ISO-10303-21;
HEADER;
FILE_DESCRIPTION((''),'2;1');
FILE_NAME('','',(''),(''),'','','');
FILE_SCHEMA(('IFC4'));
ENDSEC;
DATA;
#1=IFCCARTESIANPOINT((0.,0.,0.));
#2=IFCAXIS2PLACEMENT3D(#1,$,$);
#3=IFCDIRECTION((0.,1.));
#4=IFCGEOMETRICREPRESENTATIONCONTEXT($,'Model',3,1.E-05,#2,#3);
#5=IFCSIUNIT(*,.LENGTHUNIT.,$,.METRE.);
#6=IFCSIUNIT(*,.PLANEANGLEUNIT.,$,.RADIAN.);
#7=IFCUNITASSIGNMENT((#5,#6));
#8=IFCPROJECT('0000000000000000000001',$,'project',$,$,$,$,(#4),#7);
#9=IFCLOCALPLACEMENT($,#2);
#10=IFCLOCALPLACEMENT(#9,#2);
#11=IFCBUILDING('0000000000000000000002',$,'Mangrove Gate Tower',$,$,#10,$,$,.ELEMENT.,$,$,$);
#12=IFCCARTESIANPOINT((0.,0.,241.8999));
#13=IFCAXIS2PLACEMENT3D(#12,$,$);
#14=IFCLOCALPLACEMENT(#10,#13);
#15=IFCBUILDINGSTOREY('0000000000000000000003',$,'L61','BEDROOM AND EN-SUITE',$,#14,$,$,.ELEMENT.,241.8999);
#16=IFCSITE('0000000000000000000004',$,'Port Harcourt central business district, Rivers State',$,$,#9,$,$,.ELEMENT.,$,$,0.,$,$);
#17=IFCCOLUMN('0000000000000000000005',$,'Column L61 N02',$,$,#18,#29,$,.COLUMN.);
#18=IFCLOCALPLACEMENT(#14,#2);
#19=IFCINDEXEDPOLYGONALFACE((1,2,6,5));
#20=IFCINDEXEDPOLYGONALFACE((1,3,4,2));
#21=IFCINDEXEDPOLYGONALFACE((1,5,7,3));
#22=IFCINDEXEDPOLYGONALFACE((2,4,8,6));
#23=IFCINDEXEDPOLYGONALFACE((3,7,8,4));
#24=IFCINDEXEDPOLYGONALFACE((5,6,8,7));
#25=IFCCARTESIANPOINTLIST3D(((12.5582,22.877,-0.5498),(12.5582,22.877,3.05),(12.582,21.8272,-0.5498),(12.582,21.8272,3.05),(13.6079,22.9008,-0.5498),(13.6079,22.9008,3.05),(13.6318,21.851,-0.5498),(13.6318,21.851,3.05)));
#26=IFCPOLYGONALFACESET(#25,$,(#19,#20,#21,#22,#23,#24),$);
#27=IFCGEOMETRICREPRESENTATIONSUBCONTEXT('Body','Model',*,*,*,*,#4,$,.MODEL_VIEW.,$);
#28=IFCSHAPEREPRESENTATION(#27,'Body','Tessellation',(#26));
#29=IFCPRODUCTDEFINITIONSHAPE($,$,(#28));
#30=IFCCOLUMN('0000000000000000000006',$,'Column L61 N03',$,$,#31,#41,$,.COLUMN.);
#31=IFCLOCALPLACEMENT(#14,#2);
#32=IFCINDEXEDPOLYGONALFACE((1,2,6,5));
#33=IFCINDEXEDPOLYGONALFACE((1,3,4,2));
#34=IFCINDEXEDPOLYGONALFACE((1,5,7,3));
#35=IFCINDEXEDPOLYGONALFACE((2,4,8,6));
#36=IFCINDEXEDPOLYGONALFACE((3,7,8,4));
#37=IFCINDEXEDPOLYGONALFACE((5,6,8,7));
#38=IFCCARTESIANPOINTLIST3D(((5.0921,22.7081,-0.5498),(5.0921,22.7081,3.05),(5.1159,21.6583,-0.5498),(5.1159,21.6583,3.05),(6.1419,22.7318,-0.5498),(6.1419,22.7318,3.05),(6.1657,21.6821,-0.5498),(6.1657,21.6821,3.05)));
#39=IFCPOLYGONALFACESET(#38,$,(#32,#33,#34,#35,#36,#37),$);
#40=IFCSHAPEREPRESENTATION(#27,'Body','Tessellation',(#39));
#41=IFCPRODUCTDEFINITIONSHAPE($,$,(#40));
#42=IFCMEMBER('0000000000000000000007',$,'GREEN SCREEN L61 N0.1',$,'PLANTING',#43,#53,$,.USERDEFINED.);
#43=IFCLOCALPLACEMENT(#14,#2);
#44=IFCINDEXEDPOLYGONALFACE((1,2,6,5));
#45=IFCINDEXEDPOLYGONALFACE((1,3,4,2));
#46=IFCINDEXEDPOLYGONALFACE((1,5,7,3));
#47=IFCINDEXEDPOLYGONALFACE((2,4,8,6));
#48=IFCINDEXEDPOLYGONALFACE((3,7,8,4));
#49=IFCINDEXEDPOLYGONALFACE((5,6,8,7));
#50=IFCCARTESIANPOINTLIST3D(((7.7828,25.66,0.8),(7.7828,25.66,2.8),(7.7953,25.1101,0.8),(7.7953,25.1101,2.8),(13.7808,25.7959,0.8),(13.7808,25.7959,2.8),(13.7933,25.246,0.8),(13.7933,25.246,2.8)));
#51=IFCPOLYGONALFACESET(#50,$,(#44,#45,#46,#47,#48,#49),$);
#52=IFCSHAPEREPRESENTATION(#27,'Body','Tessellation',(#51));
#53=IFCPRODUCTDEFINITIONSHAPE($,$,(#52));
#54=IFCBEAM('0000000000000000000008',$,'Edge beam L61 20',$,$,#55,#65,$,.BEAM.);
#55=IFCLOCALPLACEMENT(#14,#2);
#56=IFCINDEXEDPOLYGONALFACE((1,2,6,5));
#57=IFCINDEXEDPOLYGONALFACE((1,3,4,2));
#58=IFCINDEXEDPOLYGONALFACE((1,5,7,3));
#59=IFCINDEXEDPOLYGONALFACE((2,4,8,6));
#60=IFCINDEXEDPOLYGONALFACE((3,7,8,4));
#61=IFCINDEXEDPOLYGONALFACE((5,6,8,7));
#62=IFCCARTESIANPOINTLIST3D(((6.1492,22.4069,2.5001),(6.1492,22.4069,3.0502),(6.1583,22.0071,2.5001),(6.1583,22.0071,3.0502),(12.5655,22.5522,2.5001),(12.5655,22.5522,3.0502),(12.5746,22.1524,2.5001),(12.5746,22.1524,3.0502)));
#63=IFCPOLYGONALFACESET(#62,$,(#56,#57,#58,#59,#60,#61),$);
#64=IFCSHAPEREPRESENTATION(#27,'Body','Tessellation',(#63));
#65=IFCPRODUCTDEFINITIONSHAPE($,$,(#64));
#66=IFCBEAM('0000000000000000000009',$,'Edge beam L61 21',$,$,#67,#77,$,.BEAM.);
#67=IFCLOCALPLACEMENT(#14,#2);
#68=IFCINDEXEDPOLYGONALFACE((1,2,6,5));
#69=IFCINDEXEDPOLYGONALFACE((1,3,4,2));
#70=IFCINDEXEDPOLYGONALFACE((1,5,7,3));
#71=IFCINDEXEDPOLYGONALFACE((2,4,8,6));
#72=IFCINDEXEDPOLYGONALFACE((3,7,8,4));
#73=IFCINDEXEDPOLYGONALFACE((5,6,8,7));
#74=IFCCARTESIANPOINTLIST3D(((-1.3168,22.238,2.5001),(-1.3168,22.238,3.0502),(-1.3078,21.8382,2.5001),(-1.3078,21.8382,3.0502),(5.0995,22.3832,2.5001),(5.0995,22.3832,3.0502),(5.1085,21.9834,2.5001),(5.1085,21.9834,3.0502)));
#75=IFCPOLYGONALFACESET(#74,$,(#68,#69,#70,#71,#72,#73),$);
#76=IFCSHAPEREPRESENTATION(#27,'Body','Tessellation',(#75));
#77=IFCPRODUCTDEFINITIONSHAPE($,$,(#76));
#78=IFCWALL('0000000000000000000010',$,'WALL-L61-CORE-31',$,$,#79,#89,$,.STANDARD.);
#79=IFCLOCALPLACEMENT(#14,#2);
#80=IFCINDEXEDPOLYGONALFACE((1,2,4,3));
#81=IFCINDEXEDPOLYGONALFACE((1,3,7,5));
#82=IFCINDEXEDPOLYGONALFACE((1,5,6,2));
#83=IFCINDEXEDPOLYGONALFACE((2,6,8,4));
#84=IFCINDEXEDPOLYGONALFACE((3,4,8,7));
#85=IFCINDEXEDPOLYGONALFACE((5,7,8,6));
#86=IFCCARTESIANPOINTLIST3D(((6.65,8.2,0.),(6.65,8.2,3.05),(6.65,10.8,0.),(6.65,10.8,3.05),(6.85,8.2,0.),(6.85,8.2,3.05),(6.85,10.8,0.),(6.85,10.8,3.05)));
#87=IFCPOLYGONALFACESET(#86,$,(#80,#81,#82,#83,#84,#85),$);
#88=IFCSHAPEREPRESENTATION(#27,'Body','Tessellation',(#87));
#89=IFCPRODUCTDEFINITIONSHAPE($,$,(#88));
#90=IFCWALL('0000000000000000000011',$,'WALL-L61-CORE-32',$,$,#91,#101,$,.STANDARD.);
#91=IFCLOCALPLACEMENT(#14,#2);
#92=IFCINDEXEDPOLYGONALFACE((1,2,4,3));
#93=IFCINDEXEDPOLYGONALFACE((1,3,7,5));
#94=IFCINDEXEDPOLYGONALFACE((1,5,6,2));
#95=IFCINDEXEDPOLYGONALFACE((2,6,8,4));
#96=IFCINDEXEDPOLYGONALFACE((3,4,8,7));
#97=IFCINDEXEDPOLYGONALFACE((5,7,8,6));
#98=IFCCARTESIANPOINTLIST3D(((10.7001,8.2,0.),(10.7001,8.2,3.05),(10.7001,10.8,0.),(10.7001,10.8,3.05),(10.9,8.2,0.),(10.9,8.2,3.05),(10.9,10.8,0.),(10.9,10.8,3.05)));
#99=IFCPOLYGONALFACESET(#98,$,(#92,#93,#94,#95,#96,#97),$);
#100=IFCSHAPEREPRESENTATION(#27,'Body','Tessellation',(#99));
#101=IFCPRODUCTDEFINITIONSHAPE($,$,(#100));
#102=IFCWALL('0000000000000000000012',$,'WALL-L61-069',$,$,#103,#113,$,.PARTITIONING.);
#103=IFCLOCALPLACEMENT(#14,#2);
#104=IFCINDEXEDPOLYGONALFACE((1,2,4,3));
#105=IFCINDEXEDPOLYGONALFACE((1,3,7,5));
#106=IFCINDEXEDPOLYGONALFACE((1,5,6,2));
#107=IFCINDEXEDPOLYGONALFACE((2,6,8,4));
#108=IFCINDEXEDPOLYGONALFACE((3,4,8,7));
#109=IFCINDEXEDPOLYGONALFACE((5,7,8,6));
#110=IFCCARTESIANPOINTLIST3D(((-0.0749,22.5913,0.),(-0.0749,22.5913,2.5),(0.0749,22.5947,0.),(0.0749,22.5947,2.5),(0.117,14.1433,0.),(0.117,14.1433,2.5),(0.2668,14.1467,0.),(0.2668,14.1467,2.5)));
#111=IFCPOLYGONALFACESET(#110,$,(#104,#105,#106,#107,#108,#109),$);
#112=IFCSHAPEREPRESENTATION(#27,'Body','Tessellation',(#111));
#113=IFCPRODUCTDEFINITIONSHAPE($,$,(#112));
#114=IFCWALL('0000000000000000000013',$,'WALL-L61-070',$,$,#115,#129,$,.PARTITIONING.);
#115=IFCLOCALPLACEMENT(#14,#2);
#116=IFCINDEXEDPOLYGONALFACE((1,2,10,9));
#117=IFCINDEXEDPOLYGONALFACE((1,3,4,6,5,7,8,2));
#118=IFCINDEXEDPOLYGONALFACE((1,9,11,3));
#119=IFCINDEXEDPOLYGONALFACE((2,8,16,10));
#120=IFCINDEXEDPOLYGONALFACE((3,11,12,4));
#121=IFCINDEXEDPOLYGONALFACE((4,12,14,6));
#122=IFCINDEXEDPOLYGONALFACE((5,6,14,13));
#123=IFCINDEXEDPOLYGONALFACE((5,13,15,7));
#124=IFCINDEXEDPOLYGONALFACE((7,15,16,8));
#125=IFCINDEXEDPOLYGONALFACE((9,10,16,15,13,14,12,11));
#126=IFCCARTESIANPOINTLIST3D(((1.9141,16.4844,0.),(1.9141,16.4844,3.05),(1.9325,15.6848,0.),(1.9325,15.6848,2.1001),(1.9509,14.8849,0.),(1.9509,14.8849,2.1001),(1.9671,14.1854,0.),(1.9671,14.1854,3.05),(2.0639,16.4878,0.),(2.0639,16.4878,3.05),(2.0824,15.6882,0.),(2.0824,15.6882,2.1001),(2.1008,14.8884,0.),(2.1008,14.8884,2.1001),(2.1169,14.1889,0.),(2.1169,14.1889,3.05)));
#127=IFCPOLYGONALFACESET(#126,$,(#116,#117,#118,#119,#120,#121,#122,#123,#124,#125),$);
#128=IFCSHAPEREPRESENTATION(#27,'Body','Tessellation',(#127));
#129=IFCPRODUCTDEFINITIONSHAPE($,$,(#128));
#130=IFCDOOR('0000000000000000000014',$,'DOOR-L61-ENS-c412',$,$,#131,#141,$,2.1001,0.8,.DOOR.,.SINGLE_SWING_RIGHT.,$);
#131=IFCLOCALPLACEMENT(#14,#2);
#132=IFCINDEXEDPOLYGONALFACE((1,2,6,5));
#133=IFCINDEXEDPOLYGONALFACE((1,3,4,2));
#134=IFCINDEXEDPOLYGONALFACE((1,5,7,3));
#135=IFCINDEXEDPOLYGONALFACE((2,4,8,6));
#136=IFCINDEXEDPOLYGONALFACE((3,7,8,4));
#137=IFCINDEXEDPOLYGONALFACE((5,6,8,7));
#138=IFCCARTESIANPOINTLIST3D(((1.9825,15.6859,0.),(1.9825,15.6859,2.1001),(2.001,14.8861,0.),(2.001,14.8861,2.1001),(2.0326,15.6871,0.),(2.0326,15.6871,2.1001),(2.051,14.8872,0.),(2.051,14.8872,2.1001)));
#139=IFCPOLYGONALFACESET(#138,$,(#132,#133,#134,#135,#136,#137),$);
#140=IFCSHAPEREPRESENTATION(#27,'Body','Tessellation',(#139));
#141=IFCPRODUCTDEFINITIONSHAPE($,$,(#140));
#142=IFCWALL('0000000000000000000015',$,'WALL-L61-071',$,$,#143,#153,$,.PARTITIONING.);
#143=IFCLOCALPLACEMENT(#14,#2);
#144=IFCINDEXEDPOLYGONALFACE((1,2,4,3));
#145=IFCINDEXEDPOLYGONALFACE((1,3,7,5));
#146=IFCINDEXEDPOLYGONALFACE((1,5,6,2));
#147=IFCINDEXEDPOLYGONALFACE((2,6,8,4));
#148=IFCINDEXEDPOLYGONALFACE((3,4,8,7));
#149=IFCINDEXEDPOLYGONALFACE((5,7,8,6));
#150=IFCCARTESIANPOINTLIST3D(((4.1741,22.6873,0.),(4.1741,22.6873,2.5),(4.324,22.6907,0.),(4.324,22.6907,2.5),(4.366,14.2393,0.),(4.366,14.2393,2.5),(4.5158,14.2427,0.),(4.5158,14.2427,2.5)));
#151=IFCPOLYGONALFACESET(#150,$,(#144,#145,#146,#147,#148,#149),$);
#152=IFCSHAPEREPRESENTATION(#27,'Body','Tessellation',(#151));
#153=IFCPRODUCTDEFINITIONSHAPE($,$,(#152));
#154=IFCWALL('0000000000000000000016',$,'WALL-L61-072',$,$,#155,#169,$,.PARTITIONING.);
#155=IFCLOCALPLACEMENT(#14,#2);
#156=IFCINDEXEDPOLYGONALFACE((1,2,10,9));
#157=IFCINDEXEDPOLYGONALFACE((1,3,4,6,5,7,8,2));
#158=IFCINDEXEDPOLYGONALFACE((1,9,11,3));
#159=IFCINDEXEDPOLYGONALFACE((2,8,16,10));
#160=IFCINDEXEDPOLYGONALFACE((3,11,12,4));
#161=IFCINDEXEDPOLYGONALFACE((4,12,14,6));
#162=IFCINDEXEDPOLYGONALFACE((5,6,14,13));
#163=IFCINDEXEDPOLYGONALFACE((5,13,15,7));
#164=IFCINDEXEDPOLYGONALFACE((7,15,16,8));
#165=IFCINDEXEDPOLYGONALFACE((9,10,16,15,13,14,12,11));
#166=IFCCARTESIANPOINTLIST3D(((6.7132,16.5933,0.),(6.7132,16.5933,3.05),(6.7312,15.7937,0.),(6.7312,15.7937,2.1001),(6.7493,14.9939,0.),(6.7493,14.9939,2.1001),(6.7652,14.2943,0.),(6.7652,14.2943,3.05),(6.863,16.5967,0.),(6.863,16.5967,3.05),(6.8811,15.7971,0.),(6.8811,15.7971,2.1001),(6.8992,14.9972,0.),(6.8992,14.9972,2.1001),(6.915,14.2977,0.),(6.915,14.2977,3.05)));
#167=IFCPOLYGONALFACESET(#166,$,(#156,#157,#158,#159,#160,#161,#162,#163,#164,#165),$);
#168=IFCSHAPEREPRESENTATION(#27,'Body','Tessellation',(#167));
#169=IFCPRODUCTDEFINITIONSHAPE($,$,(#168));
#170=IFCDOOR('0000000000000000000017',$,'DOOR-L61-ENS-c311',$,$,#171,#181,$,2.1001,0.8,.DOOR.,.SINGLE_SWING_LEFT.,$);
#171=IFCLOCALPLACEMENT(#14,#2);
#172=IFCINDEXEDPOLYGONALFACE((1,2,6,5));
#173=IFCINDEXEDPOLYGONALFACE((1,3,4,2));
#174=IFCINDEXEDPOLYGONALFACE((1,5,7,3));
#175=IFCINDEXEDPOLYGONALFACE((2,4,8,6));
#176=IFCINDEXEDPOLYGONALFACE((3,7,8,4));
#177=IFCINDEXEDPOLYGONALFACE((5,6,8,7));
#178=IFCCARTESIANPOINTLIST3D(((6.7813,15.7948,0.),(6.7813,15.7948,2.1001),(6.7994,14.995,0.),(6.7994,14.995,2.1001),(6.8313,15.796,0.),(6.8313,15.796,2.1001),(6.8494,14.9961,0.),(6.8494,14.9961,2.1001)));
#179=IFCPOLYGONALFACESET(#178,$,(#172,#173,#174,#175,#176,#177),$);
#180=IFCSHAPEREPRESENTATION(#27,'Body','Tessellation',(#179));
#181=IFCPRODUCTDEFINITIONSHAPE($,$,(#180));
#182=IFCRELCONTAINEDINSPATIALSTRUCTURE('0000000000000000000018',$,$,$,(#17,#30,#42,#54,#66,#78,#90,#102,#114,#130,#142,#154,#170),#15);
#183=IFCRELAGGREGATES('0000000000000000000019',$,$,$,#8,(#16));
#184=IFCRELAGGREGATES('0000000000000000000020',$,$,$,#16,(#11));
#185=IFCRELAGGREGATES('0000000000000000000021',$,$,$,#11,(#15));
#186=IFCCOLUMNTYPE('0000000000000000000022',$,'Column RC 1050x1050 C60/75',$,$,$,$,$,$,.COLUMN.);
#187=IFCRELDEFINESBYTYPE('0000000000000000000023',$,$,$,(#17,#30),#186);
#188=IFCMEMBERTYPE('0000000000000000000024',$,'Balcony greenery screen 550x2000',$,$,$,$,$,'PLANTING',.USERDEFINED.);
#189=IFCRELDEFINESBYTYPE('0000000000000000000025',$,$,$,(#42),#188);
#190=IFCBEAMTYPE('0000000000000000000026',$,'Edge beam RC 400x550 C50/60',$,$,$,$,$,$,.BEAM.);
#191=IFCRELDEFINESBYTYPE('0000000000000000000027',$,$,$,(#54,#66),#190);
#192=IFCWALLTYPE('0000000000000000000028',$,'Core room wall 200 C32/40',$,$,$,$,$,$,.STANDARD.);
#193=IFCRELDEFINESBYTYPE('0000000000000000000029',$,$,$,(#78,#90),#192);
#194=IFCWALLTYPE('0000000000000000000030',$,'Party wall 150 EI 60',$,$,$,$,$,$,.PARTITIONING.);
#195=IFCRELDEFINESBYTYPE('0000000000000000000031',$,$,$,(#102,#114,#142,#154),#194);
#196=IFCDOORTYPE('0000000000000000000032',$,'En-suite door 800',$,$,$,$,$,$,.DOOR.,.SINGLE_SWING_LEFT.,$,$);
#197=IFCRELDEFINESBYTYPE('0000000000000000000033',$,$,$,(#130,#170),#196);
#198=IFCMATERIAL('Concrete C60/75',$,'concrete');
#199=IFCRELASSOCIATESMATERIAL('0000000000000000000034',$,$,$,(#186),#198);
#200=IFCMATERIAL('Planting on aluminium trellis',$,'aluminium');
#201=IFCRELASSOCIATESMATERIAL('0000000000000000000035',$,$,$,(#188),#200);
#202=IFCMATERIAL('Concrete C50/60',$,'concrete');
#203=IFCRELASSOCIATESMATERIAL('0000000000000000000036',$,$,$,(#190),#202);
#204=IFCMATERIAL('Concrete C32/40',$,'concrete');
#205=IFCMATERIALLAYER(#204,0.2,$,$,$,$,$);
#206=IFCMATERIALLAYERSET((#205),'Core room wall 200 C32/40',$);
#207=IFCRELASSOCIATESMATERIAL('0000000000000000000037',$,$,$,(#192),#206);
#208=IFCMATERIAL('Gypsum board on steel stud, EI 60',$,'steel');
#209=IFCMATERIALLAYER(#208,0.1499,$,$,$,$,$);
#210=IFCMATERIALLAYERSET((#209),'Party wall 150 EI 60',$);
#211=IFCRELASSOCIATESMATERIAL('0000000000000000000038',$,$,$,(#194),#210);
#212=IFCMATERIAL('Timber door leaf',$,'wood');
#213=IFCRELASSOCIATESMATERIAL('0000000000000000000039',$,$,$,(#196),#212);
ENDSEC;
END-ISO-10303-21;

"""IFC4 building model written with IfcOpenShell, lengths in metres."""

from ifc_helpers import new_model, si_unit, direction, frame, frame_2d, origin, origin_2d, place, context, subcontext, project, spatial, rectangle, extrude, material, layer, layer_set, material_profile, profile_set, type_object, element, fill, save


model = new_model("IFC4")

# Units and contexts
model_context = context("Model", 3, precision=1e-05, world=origin(), true_north=direction((0.0, 1.0)))
body_context = subcontext(model_context, "Body", "Model", "MODEL_VIEW")
ifc_project = project(units=[si_unit("LENGTHUNIT", "METRE"), si_unit("PLANEANGLEUNIT", "RADIAN")], contexts=[model_context])

# Site, building, storey
site_placement = place(None, origin())
site = spatial("IfcSite", under=ifc_project, at=site_placement, Name="Port Harcourt central business district, Rivers State", CompositionType="ELEMENT", RefElevation=0.0)
building_placement = place(site_placement, origin())
building = spatial("IfcBuilding", under=site, at=building_placement, Name="Mangrove Gate Tower", CompositionType="ELEMENT")
storey_placement = place(building_placement, frame((0.0, 0.0, 241.8999)))
storey = spatial("IfcBuildingStorey", under=building, at=storey_placement, Name="L61", Description="BEDROOM AND EN-SUITE", CompositionType="ELEMENT", Elevation=241.8999)

# Columns
ifc_material_1 = material(Name="Concrete C60/75", Category="concrete")
ifc_material_profile_1 = material_profile(ifc_material_1, rectangle(XDim=1.05, YDim=1.05, at=origin_2d()))
ifc_profile_set_1 = profile_set([ifc_material_profile_1], Name="Concrete C60/75")
column_type = type_object("IfcColumnType", Name="Column RC 1050x1050 C60/75", PredefinedType="COLUMN", material=ifc_profile_set_1)
for number, where, z_axis, x_axis, name in (
    (1, (13.095, 22.364, -0.5498), (0.0, 0.0, 1.0), (-0.999742, -0.022697, 0.0), "Column L61 N02"),
    (2, (5.6289, 22.1951, -0.5498), (0.0, 0.0, 1.0), (-0.999744, -0.02263, 0.0), "Column L61 N03"),
):
    element("IfcColumn", number, at=place(storey_placement, frame(where, z_axis=z_axis, x_axis=x_axis)), inside=storey, type_object=column_type, Name=name, PredefinedType="COLUMN", context=body_context, shape_type="SweptSolid", body=[
        extrude(rectangle(XDim=1.05, YDim=1.05, at=origin_2d()), origin(), (0.0, 0.0, 1.0), 3.5999),
    ])

# Member
ifc_material_2 = material(Name="Planting on aluminium trellis", Category="aluminium")
ifc_material_profile_2 = material_profile(ifc_material_2, rectangle(XDim=0.55, YDim=2.0, at=origin_2d()))
ifc_profile_set_2 = profile_set([ifc_material_profile_2], Name="Planting on aluminium trellis")
member_type = type_object("IfcMemberType", Name="Balcony greenery screen 550x2000", ElementType="PLANTING", PredefinedType="USERDEFINED", material=ifc_profile_set_2)
member_placement = place(storey_placement, frame((7.7891, 25.385, 1.8), z_axis=(0.999743, 0.022666, 0.0), x_axis=(-0.022666, 0.999743, 0.0)))
element("IfcMember", 3, at=member_placement, inside=storey, type_object=member_type, Name="GREEN SCREEN L61 N0.1", ObjectType="PLANTING", PredefinedType="USERDEFINED", context=body_context, shape_type="SweptSolid", body=[
    extrude(rectangle(XDim=0.55, YDim=2.0, at=origin_2d()), origin(), (0.0, 0.0, 1.0), 5.9995),
])

# Beams
ifc_material_3 = material(Name="Concrete C50/60", Category="concrete")
ifc_material_profile_3 = material_profile(ifc_material_3, rectangle(XDim=0.3999, YDim=0.55, at=origin_2d()))
ifc_profile_set_3 = profile_set([ifc_material_profile_3], Name="Concrete C50/60")
beam_type = type_object("IfcBeamType", Name="Edge beam RC 400x550 C50/60", PredefinedType="BEAM", material=ifc_profile_set_3)
for number, where, z_axis, x_axis, name in (
    (4, (12.5701, 22.3523, 2.7751), (-0.999744, -0.022634, 0.0), (0.022634, -0.999744, 0.0), "Edge beam L61 20"),
    (5, (5.104, 22.1833, 2.7751), (-0.999744, -0.022634, 0.0), (0.022634, -0.999744, 0.0), "Edge beam L61 21"),
):
    element("IfcBeam", number, at=place(storey_placement, frame(where, z_axis=z_axis, x_axis=x_axis)), inside=storey, type_object=beam_type, Name=name, PredefinedType="BEAM", context=body_context, shape_type="SweptSolid", body=[
        extrude(rectangle(XDim=0.3999, YDim=0.55, at=origin_2d()), origin(), (0.0, 0.0, 1.0), 6.418),
    ])

# Walls
ifc_material_4 = material(Name="Concrete C32/40", Category="concrete")
ifc_layer_1 = layer(ifc_material_4, 0.2)
ifc_layer_set_1 = layer_set([ifc_layer_1], Name="Core room wall 200 C32/40")
wall_type_1 = type_object("IfcWallType", Name="Core room wall 200 C32/40", PredefinedType="STANDARD", material=ifc_layer_set_1)
for number, where, z_axis, x_axis, name in (
    (6, (6.75, 8.2, 0.0), (0.0, 0.0, 1.0), (0.0, 1.0, 0.0), "WALL-L61-CORE-31"),
    (7, (10.8, 8.2, 0.0), (0.0, 0.0, 1.0), (0.0, 1.0, 0.0), "WALL-L61-CORE-32"),
):
    element("IfcWall", number, at=place(storey_placement, frame(where, z_axis=z_axis, x_axis=x_axis)), inside=storey, type_object=wall_type_1, Name=name, PredefinedType="STANDARD", context=body_context, shape_type="SweptSolid", body=[
        extrude(rectangle(XDim=2.6001, YDim=0.2, at=frame_2d((1.3, 0.0))), origin(), (0.0, 0.0, 1.0), 3.05),
    ])
ifc_material_5 = material(Name="Gypsum board on steel stud, EI 60", Category="steel")
ifc_layer_2 = layer(ifc_material_5, 0.1499)
ifc_layer_set_2 = layer_set([ifc_layer_2], Name="Party wall 150 EI 60")
wall_type_2 = type_object("IfcWallType", Name="Party wall 150 EI 60", PredefinedType="PARTITIONING", material=ifc_layer_set_2)
wall_1_placement = place(storey_placement, frame((0.1919, 14.145, 0.0), z_axis=(0.0, 0.0, 1.0), x_axis=(-0.022709, 0.999742, 0.0)))
element("IfcWall", 8, at=wall_1_placement, inside=storey, type_object=wall_type_2, Name="WALL-L61-069", PredefinedType="PARTITIONING", context=body_context, shape_type="SweptSolid", body=[
    extrude(rectangle(XDim=8.4502, YDim=0.1499, at=frame_2d((4.2251, 0.0))), origin(), (0.0, 0.0, 1.0), 2.5),
])

# Wall, opening, door
wall_2_placement = place(storey_placement, frame((2.042, 14.187, 0.0), z_axis=(0.0, 0.0, 1.0), x_axis=(-0.023037, 0.999735, 0.0)))
wall_2 = element("IfcWall", 9, at=wall_2_placement, inside=storey, type_object=wall_type_2, Name="WALL-L61-070", PredefinedType="PARTITIONING", context=body_context, shape_type="SweptSolid", body=[
    extrude(rectangle(XDim=2.2996, YDim=0.1499, at=frame_2d((1.1499, 0.0))), origin(), (0.0, 0.0, 1.0), 3.05),
])
opening_1_placement = place(wall_2_placement, frame((0.7, 0.0, 0.0)))
opening_1 = element("IfcOpeningElement", 10, at=opening_1_placement, cuts=wall_2, PredefinedType="OPENING", context=body_context, shape_type="SweptSolid", body=[
    extrude(rectangle(XDim=0.8, YDim=2.1001, at=frame_2d((0.3999, 1.05))), frame((0.0, 0.085, 0.0), z_axis=(0.0, -1.0, 0.0), x_axis=(1.0, 0.0, 0.0)), (0.0, 0.0, 1.0), 0.1699),
])
ifc_material_6 = material(Name="Timber door leaf", Category="wood")
door_type = type_object("IfcDoorType", Name="En-suite door 800", OperationType="SINGLE_SWING_LEFT", PredefinedType="DOOR", material=ifc_material_6)
door_1_placement = place(opening_1_placement, origin())
door_1 = element("IfcDoor", 11, at=door_1_placement, inside=storey, type_object=door_type, Name="DOOR-L61-ENS-c412", OperationType="SINGLE_SWING_RIGHT", OverallHeight=2.1001, OverallWidth=0.8, PredefinedType="DOOR", context=body_context, shape_type="SweptSolid", body=[
    extrude(rectangle(XDim=0.8, YDim=2.1001, at=frame_2d((0.3999, 1.05))), frame((0.0, 0.0249, 0.0), z_axis=(0.0, -1.0, 0.0), x_axis=(1.0, 0.0, 0.0)), (0.0, 0.0, 1.0), 0.05),
])
fill(opening_1, door_1)

# Wall
wall_3_placement = place(storey_placement, frame((4.4409, 14.241, 0.0), z_axis=(0.0, 0.0, 1.0), x_axis=(-0.022709, 0.999742, 0.0)))
element("IfcWall", 12, at=wall_3_placement, inside=storey, type_object=wall_type_2, Name="WALL-L61-071", PredefinedType="PARTITIONING", context=body_context, shape_type="SweptSolid", body=[
    extrude(rectangle(XDim=8.4502, YDim=0.1499, at=frame_2d((4.2251, 0.0))), origin(), (0.0, 0.0, 1.0), 2.5),
])

# Wall, opening, door
wall_4_placement = place(storey_placement, frame((6.8401, 14.2959, 0.0), z_axis=(0.0, 0.0, 1.0), x_axis=(-0.022613, 0.999744, 0.0)))
wall_4 = element("IfcWall", 13, at=wall_4_placement, inside=storey, type_object=wall_type_2, Name="WALL-L61-072", PredefinedType="PARTITIONING", context=body_context, shape_type="SweptSolid", body=[
    extrude(rectangle(XDim=2.2996, YDim=0.1499, at=frame_2d((1.1499, 0.0))), origin(), (0.0, 0.0, 1.0), 3.05),
])
opening_2_placement = place(wall_4_placement, frame((0.7, 0.0, 0.0)))
opening_2 = element("IfcOpeningElement", 14, at=opening_2_placement, cuts=wall_4, PredefinedType="OPENING", context=body_context, shape_type="SweptSolid", body=[
    extrude(rectangle(XDim=0.8, YDim=2.1001, at=frame_2d((0.3999, 1.05))), frame((0.0, 0.085, 0.0), z_axis=(0.0, -1.0, 0.0), x_axis=(1.0, 0.0, 0.0)), (0.0, 0.0, 1.0), 0.1699),
])
door_2_placement = place(opening_2_placement, origin())
door_2 = element("IfcDoor", 15, at=door_2_placement, inside=storey, type_object=door_type, Name="DOOR-L61-ENS-c311", OperationType="SINGLE_SWING_LEFT", OverallHeight=2.1001, OverallWidth=0.8, PredefinedType="DOOR", context=body_context, shape_type="SweptSolid", body=[
    extrude(rectangle(XDim=0.8, YDim=2.1001, at=frame_2d((0.3999, 1.05))), frame((0.0, 0.0249, 0.0), z_axis=(0.0, -1.0, 0.0), x_axis=(1.0, 0.0, 0.0)), (0.0, 0.0, 1.0), 0.05),
])
fill(opening_2, door_2)

save(model, "model.ifc")
